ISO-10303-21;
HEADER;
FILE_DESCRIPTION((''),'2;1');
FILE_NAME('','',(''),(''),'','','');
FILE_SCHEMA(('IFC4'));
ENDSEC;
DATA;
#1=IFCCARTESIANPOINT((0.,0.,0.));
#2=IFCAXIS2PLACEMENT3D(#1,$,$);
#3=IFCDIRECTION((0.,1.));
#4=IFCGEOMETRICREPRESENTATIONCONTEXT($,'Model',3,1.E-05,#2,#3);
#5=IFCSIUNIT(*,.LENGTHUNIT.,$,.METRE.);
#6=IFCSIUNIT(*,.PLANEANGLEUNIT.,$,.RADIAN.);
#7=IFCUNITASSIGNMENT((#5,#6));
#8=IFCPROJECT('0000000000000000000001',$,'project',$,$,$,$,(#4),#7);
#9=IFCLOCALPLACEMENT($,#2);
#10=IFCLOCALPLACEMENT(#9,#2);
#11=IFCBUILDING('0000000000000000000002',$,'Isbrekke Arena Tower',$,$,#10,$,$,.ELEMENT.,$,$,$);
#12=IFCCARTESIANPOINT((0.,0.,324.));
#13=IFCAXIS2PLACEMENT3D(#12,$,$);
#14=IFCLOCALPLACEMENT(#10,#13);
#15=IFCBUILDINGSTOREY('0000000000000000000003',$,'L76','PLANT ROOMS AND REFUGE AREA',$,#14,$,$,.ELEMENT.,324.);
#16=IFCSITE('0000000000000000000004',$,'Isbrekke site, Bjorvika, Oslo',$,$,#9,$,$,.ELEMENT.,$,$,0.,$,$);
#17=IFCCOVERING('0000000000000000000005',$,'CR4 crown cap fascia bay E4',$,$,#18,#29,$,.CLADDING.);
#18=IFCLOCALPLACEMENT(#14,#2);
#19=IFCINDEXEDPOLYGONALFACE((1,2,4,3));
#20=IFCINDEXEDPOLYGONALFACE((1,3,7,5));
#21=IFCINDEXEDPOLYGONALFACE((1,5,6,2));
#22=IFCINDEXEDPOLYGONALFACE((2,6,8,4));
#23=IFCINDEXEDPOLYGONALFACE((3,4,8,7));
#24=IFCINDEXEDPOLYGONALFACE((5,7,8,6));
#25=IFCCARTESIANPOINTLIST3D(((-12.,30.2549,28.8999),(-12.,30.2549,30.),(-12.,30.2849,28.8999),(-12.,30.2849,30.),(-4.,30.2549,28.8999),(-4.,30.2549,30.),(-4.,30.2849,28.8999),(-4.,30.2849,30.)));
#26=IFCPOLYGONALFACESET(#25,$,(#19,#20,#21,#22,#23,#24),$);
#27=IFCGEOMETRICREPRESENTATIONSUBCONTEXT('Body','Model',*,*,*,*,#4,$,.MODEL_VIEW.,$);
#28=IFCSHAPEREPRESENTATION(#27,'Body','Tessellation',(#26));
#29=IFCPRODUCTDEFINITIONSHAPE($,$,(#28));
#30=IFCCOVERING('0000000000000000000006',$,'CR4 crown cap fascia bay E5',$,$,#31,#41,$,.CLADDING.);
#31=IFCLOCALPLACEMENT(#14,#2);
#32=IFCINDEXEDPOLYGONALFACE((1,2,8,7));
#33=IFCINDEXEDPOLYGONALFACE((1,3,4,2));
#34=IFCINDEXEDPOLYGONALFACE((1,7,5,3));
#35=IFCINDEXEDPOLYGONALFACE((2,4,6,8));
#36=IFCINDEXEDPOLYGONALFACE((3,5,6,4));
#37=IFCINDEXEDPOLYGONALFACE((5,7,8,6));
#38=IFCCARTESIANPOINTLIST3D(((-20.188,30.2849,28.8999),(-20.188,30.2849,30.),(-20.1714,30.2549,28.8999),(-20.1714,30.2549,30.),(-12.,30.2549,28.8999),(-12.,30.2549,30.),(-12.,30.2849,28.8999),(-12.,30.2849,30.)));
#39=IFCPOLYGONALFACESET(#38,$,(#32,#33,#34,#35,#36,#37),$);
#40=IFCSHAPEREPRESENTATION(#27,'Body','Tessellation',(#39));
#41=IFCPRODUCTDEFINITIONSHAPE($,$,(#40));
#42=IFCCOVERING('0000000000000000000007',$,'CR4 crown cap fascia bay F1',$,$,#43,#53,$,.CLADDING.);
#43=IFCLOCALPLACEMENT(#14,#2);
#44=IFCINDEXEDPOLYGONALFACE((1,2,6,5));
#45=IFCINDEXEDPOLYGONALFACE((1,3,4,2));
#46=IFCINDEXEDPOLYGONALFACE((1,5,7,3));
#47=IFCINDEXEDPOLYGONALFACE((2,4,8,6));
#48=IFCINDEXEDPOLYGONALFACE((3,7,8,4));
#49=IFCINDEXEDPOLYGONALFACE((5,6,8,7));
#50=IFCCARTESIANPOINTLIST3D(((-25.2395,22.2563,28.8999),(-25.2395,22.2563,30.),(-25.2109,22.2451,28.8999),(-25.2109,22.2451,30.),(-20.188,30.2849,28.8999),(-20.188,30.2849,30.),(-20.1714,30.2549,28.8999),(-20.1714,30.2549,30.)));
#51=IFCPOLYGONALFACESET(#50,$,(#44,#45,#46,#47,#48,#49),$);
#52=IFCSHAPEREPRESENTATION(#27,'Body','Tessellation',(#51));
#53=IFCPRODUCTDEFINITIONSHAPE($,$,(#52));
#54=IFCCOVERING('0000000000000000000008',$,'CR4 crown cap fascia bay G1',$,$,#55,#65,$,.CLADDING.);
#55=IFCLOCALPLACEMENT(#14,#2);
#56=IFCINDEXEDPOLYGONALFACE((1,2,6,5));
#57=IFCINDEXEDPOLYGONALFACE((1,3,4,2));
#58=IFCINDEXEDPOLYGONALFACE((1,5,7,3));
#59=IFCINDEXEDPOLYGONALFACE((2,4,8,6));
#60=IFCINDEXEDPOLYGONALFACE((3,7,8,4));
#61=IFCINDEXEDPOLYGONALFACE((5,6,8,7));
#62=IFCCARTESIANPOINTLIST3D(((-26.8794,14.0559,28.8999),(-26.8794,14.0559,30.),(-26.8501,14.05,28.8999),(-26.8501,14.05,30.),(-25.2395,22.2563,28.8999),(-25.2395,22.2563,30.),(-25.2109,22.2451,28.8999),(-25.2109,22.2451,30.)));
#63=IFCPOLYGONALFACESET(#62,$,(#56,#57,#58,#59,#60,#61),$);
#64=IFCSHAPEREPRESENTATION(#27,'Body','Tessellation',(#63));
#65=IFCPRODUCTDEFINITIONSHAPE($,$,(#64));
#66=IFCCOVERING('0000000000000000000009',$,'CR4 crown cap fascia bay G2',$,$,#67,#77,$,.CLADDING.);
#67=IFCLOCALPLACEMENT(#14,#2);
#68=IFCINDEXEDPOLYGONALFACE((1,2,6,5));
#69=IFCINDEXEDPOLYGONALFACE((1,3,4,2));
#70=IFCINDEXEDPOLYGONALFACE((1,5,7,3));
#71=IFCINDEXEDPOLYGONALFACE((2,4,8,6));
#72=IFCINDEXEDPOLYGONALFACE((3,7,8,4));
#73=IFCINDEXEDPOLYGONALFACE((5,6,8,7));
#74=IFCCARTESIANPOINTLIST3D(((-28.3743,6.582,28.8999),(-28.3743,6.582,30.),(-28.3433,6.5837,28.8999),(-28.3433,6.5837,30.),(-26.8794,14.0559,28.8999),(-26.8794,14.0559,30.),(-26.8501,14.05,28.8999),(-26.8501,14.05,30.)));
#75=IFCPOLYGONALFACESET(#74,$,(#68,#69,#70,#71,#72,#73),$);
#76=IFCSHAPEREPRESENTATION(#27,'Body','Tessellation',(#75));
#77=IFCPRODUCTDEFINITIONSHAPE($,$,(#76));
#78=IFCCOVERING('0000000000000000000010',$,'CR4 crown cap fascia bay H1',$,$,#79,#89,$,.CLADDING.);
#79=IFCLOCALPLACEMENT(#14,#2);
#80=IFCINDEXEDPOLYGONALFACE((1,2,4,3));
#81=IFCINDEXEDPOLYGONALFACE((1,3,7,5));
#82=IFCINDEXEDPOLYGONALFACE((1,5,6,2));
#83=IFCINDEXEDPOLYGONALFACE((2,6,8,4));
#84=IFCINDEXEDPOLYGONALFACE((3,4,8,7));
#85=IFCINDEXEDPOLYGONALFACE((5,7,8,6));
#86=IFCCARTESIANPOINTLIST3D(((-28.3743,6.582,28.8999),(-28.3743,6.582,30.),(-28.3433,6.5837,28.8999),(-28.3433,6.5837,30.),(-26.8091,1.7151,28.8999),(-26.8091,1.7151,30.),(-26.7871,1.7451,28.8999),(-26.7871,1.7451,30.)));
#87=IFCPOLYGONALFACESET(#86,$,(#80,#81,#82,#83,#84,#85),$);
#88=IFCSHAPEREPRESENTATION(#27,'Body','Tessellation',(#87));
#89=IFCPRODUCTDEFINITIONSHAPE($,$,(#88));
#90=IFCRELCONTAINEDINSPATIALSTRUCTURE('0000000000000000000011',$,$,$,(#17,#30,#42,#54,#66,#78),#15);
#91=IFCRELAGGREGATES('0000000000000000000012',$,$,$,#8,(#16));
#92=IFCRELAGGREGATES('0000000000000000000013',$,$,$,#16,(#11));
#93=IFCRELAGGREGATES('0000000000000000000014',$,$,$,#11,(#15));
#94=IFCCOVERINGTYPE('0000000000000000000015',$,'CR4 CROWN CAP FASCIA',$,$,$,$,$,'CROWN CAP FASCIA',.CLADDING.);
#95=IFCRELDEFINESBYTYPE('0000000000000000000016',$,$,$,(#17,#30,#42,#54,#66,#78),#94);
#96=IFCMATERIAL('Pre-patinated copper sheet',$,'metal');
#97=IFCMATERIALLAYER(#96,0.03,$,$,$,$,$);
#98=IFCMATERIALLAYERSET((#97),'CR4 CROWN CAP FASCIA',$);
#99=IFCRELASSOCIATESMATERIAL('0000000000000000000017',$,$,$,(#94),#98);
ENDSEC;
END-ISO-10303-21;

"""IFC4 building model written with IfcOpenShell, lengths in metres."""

from ifc_helpers import new_model, si_unit, direction, frame, origin, place, context, subcontext, project, spatial, polyline, outline, extrude, material, layer, layer_set, type_object, element, save


model = new_model("IFC4")

# Units and contexts
model_context = context("Model", 3, precision=1e-05, world=origin(), true_north=direction((0.0, 1.0)))
body_context = subcontext(model_context, "Body", "Model", "MODEL_VIEW")
ifc_project = project(units=[si_unit("LENGTHUNIT", "METRE"), si_unit("PLANEANGLEUNIT", "RADIAN")], contexts=[model_context])

# Site, building, storey
site_placement = place(None, origin())
site = spatial("IfcSite", under=ifc_project, at=site_placement, Name="Isbrekke site, Bjorvika, Oslo", CompositionType="ELEMENT", RefElevation=0.0)
building_placement = place(site_placement, origin())
building = spatial("IfcBuilding", under=site, at=building_placement, Name="Isbrekke Arena Tower", CompositionType="ELEMENT")
storey_placement = place(building_placement, frame((0.0, 0.0, 324.0)))
storey = spatial("IfcBuildingStorey", under=building, at=storey_placement, Name="L76", Description="PLANT ROOMS AND REFUGE AREA", CompositionType="ELEMENT", Elevation=324.0)

# Coverings
ifc_material_1 = material(Name="Pre-patinated copper sheet", Category="metal")
ifc_layer_1 = layer(ifc_material_1, 0.03)
ifc_layer_set_1 = layer_set([ifc_layer_1], Name="CR4 CROWN CAP FASCIA")
covering_type_1 = type_object("IfcCoveringType", Name="CR4 CROWN CAP FASCIA", ElementType="CROWN CAP FASCIA", PredefinedType="CLADDING", material=ifc_layer_set_1)
covering_1_placement = place(storey_placement, frame((0.0, 0.0, 28.8999)))
element("IfcCovering", 1, at=covering_1_placement, inside=storey, type_object=covering_type_1, Name="CR4 crown cap fascia bay E4", PredefinedType="CLADDING", context=body_context, shape_type="SweptSolid", body=[
    extrude(outline(polyline([(-4.0, 30.2549), (-12.0, 30.2549), (-12.0, 30.2849), (-4.0, 30.2849), (-4.0, 30.2549)])), origin(), (0.0, 0.0, 1.0), 1.1001),
])
covering_2_placement = place(storey_placement, frame((0.0, 0.0, 28.8999)))
element("IfcCovering", 2, at=covering_2_placement, inside=storey, type_object=covering_type_1, Name="CR4 crown cap fascia bay E5", PredefinedType="CLADDING", context=body_context, shape_type="SweptSolid", body=[
    extrude(outline(polyline([(-12.0, 30.2549), (-20.1714, 30.2549), (-20.188, 30.2849), (-12.0, 30.2849), (-12.0, 30.2549)])), origin(), (0.0, 0.0, 1.0), 1.1001),
])
covering_3_placement = place(storey_placement, frame((0.0, 0.0, 28.8999)))
element("IfcCovering", 3, at=covering_3_placement, inside=storey, type_object=covering_type_1, Name="CR4 crown cap fascia bay F1", PredefinedType="CLADDING", context=body_context, shape_type="SweptSolid", body=[
    extrude(outline(polyline([(-20.1714, 30.2549), (-25.2109, 22.2451), (-25.2395, 22.2563), (-20.188, 30.2849), (-20.1714, 30.2549)])), origin(), (0.0, 0.0, 1.0), 1.1001),
])
covering_4_placement = place(storey_placement, frame((0.0, 0.0, 28.8999)))
element("IfcCovering", 4, at=covering_4_placement, inside=storey, type_object=covering_type_1, Name="CR4 crown cap fascia bay G1", PredefinedType="CLADDING", context=body_context, shape_type="SweptSolid", body=[
    extrude(outline(polyline([(-25.2109, 22.2451), (-26.8501, 14.05), (-26.8794, 14.0559), (-25.2395, 22.2563), (-25.2109, 22.2451)])), origin(), (0.0, 0.0, 1.0), 1.1001),
])
covering_5_placement = place(storey_placement, frame((0.0, 0.0, 28.8999)))
element("IfcCovering", 5, at=covering_5_placement, inside=storey, type_object=covering_type_1, Name="CR4 crown cap fascia bay G2", PredefinedType="CLADDING", context=body_context, shape_type="SweptSolid", body=[
    extrude(outline(polyline([(-26.8501, 14.05), (-28.3433, 6.5837), (-28.3743, 6.582), (-26.8794, 14.0559), (-26.8501, 14.05)])), origin(), (0.0, 0.0, 1.0), 1.1001),
])
covering_6_placement = place(storey_placement, frame((0.0, 0.0, 28.8999)))
element("IfcCovering", 6, at=covering_6_placement, inside=storey, type_object=covering_type_1, Name="CR4 crown cap fascia bay H1", PredefinedType="CLADDING", context=body_context, shape_type="SweptSolid", body=[
    extrude(outline(polyline([(-28.3433, 6.5837), (-26.7871, 1.7451), (-26.8091, 1.7151), (-28.3743, 6.582), (-28.3433, 6.5837)])), origin(), (0.0, 0.0, 1.0), 1.1001),
])

save(model, "model.ifc")
